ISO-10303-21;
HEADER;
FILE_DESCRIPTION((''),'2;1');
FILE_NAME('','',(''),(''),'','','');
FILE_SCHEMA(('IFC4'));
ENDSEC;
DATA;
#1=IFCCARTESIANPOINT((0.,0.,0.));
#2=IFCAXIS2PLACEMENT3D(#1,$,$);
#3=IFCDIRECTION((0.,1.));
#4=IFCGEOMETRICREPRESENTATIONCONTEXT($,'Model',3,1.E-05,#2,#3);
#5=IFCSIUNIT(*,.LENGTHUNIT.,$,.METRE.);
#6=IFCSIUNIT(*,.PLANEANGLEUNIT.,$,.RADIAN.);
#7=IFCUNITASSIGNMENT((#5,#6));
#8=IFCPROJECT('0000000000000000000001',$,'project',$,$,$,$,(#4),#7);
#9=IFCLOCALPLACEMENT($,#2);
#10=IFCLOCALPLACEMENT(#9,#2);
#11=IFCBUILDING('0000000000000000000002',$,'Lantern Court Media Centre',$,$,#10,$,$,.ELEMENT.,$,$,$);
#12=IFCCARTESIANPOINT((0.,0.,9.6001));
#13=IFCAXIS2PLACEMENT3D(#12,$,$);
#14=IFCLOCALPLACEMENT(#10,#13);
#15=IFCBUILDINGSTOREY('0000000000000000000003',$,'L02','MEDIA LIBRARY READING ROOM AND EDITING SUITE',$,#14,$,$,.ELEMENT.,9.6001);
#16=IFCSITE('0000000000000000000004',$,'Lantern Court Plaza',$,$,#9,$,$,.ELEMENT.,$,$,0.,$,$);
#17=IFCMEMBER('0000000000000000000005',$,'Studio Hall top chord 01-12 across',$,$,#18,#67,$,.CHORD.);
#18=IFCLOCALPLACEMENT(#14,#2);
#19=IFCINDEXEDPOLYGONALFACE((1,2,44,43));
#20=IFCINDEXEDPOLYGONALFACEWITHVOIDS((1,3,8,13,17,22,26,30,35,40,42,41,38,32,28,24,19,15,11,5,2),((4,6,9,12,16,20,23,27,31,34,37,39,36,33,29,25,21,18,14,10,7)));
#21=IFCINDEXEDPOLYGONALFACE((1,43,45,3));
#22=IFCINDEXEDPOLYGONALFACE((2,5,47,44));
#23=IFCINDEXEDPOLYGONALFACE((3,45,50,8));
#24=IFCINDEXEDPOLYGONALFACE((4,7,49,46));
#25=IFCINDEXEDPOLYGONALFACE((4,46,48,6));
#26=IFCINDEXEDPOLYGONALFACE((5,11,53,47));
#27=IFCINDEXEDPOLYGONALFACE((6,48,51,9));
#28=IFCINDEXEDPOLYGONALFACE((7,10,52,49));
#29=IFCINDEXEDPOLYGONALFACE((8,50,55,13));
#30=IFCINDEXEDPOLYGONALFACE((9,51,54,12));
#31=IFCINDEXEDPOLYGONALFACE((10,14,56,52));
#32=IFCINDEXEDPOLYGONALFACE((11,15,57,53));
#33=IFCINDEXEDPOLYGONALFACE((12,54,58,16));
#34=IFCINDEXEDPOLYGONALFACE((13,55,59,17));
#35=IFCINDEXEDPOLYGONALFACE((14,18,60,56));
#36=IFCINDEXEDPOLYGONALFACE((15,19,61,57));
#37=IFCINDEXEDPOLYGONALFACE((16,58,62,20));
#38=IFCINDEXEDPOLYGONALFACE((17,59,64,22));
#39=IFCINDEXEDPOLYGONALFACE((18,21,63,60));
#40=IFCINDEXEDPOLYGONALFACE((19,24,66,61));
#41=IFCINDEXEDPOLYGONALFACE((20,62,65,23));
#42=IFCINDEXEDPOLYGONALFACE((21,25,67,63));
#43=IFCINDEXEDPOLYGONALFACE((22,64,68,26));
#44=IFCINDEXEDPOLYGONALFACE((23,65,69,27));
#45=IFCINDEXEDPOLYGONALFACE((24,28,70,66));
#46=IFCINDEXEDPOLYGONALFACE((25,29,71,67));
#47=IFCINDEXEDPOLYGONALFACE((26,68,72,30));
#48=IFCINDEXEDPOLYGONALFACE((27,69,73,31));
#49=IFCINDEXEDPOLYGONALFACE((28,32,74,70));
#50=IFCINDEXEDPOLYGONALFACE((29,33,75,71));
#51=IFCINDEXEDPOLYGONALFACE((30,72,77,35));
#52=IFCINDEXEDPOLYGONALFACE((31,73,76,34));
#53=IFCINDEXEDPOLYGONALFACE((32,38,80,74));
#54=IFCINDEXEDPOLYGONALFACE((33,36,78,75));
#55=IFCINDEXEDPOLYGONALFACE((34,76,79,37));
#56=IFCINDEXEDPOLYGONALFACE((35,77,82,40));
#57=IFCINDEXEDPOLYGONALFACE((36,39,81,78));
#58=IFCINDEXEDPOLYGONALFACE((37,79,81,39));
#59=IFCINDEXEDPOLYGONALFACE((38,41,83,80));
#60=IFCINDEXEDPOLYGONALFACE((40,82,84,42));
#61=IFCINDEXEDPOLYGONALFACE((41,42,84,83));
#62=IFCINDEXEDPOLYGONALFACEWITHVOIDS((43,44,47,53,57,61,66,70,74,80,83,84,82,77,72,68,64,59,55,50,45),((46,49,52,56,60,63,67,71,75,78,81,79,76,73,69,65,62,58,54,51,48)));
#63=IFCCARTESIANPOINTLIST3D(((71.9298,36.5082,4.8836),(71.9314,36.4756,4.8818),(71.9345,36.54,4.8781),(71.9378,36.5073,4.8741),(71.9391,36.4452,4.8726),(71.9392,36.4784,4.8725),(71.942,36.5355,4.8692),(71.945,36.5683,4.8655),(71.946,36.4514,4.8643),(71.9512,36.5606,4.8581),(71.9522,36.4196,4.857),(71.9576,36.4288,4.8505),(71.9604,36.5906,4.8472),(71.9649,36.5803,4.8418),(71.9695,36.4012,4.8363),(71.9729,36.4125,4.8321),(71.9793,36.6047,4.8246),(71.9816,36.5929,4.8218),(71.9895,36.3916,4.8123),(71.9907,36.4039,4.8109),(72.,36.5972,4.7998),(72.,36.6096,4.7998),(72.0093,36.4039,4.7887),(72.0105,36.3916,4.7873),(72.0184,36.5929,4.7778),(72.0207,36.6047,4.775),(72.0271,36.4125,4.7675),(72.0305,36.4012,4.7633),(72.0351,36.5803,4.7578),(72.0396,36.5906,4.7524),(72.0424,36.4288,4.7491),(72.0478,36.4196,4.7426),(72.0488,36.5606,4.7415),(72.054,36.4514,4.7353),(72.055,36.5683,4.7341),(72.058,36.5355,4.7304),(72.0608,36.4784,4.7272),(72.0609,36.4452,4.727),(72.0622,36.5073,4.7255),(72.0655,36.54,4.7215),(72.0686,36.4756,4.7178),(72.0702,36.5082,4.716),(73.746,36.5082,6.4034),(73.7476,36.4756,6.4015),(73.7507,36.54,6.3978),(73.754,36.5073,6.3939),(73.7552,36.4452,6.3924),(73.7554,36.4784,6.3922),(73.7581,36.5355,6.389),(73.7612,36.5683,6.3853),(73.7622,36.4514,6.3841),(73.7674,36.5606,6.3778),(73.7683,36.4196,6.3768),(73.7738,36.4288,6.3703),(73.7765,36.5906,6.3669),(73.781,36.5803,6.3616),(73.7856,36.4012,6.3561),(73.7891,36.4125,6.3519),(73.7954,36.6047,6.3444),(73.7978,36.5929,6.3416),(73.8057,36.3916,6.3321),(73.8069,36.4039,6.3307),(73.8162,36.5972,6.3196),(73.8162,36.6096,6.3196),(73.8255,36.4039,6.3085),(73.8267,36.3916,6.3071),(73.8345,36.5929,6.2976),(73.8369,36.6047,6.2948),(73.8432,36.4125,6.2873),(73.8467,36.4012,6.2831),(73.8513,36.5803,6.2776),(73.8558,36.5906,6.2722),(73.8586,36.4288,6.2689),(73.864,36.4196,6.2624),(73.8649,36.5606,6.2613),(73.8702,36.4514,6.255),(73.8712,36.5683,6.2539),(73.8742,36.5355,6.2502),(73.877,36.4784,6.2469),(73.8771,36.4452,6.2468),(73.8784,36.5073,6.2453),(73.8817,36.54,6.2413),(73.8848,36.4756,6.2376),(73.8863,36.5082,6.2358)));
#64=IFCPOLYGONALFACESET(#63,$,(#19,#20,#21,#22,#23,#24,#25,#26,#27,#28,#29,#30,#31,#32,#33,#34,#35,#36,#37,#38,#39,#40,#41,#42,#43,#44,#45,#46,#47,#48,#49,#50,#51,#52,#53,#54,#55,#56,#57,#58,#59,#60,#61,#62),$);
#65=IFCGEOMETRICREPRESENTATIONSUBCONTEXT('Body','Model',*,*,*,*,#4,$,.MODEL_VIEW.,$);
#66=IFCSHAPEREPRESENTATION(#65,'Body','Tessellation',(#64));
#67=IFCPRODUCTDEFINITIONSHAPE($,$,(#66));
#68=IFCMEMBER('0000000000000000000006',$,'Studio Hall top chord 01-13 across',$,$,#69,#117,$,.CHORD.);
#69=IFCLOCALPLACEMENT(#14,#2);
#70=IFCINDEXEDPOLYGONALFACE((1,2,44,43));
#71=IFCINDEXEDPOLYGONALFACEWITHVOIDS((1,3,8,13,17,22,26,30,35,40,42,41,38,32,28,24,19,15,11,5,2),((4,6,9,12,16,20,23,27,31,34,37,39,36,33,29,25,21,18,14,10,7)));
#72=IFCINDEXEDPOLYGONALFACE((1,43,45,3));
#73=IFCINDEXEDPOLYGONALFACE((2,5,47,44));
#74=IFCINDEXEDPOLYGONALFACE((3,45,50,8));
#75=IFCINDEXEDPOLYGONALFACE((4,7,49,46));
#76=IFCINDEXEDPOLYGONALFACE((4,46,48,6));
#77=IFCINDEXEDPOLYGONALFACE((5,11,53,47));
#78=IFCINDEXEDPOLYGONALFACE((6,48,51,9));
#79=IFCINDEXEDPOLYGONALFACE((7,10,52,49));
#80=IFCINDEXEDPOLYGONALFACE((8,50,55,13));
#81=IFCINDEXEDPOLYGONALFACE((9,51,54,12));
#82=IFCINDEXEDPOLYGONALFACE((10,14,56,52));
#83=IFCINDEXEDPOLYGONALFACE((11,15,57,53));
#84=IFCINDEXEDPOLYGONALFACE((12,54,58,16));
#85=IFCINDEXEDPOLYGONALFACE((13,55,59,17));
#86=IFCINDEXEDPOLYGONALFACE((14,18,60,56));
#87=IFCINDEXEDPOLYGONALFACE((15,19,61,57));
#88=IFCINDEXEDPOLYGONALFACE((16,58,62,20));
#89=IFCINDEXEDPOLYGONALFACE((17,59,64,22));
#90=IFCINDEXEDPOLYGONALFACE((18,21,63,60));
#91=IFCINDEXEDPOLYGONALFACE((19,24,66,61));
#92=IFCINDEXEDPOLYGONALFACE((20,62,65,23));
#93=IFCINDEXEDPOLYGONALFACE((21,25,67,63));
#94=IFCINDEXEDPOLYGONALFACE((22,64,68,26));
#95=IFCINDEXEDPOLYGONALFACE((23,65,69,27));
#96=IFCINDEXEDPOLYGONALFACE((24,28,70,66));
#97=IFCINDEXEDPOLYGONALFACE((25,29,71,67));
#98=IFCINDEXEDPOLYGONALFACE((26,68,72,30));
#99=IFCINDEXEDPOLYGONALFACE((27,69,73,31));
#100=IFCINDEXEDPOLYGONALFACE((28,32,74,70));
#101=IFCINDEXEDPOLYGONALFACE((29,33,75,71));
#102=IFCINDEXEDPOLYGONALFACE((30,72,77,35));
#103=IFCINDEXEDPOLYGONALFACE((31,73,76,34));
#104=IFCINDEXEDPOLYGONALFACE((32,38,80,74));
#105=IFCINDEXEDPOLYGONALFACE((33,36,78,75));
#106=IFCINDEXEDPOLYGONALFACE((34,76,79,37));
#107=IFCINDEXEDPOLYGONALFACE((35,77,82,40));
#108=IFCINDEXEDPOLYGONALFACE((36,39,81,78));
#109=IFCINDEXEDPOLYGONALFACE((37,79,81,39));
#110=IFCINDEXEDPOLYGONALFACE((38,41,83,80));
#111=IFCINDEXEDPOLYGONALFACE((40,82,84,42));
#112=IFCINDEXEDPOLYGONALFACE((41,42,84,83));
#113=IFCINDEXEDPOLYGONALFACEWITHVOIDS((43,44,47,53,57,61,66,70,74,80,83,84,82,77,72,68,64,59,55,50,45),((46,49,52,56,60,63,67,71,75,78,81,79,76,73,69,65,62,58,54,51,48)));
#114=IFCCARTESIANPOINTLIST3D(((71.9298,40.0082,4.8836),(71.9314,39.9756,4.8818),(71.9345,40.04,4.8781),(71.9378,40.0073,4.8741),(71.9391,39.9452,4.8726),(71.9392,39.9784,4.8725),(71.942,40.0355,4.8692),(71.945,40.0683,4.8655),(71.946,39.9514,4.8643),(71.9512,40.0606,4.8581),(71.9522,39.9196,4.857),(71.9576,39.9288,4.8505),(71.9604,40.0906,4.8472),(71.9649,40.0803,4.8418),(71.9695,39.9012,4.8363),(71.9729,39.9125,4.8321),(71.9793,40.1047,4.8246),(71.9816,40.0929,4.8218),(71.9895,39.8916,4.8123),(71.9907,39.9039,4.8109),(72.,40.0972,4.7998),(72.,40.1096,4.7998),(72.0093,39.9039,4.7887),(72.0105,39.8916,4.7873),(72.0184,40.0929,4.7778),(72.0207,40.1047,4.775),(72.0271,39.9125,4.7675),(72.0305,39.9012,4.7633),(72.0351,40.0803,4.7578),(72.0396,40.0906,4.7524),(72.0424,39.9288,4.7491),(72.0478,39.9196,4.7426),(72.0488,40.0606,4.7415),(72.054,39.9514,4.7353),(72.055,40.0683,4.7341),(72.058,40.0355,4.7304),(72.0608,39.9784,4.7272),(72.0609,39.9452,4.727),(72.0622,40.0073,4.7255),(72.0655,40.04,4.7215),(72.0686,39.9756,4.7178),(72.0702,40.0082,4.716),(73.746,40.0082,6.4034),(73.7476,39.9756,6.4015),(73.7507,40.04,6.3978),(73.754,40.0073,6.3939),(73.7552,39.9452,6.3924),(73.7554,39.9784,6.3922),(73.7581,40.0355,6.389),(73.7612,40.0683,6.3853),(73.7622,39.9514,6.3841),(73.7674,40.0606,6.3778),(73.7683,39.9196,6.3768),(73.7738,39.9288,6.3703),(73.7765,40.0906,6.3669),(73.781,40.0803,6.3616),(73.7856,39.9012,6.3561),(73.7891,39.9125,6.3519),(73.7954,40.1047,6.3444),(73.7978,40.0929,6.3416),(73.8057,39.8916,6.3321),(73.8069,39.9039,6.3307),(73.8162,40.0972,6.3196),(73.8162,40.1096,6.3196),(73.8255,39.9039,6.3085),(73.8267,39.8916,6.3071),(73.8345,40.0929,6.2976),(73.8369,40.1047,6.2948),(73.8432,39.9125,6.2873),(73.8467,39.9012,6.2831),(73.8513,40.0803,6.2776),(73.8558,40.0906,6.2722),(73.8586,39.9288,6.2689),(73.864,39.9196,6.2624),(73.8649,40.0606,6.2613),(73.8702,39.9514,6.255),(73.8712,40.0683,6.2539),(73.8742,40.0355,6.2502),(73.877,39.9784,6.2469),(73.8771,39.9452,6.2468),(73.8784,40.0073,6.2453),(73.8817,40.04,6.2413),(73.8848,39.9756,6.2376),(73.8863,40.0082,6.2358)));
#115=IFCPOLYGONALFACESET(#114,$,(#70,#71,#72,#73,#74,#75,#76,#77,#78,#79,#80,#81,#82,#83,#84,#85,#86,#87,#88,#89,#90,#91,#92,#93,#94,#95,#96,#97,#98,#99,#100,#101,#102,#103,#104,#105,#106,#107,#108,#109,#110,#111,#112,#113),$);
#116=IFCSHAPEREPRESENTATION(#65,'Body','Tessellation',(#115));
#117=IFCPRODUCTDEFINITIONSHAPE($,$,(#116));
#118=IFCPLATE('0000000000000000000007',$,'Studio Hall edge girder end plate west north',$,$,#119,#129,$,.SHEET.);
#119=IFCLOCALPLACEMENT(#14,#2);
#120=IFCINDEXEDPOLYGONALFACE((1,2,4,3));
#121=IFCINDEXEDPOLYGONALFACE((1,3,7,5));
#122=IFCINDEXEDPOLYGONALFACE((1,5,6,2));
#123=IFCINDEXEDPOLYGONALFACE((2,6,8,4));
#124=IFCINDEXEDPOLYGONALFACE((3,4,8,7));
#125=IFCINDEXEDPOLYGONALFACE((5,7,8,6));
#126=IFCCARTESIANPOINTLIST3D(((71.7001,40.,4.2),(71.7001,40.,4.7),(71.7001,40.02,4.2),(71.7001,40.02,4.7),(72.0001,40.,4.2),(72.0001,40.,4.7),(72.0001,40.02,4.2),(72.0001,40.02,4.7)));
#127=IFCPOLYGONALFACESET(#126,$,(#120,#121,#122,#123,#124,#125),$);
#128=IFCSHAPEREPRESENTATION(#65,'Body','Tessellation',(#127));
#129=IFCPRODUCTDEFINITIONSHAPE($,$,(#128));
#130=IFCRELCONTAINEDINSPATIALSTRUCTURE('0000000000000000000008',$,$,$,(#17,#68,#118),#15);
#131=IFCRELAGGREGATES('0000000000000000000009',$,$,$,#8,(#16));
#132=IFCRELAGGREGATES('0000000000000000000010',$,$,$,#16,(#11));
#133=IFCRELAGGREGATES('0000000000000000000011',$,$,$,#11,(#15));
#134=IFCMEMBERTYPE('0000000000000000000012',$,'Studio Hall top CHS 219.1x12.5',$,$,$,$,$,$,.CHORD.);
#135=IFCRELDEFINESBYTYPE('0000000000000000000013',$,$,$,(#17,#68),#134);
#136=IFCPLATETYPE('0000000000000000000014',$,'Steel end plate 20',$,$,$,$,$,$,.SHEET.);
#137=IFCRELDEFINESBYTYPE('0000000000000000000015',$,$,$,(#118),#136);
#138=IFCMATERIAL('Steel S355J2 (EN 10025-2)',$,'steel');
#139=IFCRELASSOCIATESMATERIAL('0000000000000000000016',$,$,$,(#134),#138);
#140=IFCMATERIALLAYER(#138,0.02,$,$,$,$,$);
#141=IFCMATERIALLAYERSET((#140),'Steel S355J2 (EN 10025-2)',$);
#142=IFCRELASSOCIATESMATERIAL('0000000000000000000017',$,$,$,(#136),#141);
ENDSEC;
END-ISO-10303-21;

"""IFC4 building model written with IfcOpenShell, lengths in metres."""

from ifc_helpers import new_model, si_unit, direction, frame, origin, origin_2d, place, context, subcontext, project, spatial, rectangle, hollow_circle, extrude, material, layer, layer_set, material_profile, profile_set, type_object, element, save


model = new_model("IFC4")

# Units and contexts
model_context = context("Model", 3, precision=1e-05, world=origin(), true_north=direction((0.0, 1.0)))
body_context = subcontext(model_context, "Body", "Model", "MODEL_VIEW")
ifc_project = project(units=[si_unit("LENGTHUNIT", "METRE"), si_unit("PLANEANGLEUNIT", "RADIAN")], contexts=[model_context])

# Site, building, storey
site_placement = place(None, origin())
site = spatial("IfcSite", under=ifc_project, at=site_placement, Name="Lantern Court Plaza", CompositionType="ELEMENT", RefElevation=0.0)
building_placement = place(site_placement, origin())
building = spatial("IfcBuilding", under=site, at=building_placement, Name="Lantern Court Media Centre", CompositionType="ELEMENT")
storey_placement = place(building_placement, frame((0.0, 0.0, 9.6001)))
storey = spatial("IfcBuildingStorey", under=building, at=storey_placement, Name="L02", Description="MEDIA LIBRARY READING ROOM AND EDITING SUITE", CompositionType="ELEMENT", Elevation=9.6001)

# Shared definitions
ifc_material_1 = material(Name="Steel S355J2 (EN 10025-2)", Category="steel")

# Members
ifc_material_profile_1 = material_profile(ifc_material_1, hollow_circle(Radius=0.1096, WallThickness=0.0125, at=origin_2d()), Name="Studio Hall top CHS 219.1x12.5")
ifc_profile_set_1 = profile_set([ifc_material_profile_1], Name="Steel S355J2 (EN 10025-2)")
member_type = type_object("IfcMemberType", Name="Studio Hall top CHS 219.1x12.5", PredefinedType="CHORD", material=ifc_profile_set_1)
for number, where, z_axis, x_axis, name in (
    (1, (72.0, 36.5, 4.7998), (0.76691, 0.0, 0.641755), (0.0, 1.0, 0.0), "Studio Hall top chord 01-12 across"),
    (2, (72.0, 40.0, 4.7998), (0.76691, 0.0, 0.641755), (0.0, 1.0, 0.0), "Studio Hall top chord 01-13 across"),
):
    element("IfcMember", number, at=place(storey_placement, frame(where, z_axis=z_axis, x_axis=x_axis)), inside=storey, type_object=member_type, Name=name, PredefinedType="CHORD", context=body_context, shape_type="SweptSolid", body=[
        extrude(hollow_circle(Radius=0.1096, WallThickness=0.0125, at=origin_2d()), origin(), (0.0, 0.0, 1.0), 2.3682),
    ])

# Plate
ifc_layer_1 = layer(ifc_material_1, 0.02)
ifc_layer_set_1 = layer_set([ifc_layer_1], Name="Steel S355J2 (EN 10025-2)")
plate_type = type_object("IfcPlateType", Name="Steel end plate 20", PredefinedType="SHEET", material=ifc_layer_set_1)
plate_placement = place(storey_placement, frame((71.8501, 40.01, 4.2), z_axis=(0.0, 0.0, 1.0), x_axis=(1.0, 0.0, 0.0)))
element("IfcPlate", 3, at=plate_placement, inside=storey, type_object=plate_type, Name="Studio Hall edge girder end plate west north", PredefinedType="SHEET", context=body_context, shape_type="SweptSolid", body=[
    extrude(rectangle(XDim=0.3, YDim=0.02, at=origin_2d()), origin(), (0.0, 0.0, 1.0), 0.5),
])

save(model, "model.ifc")
